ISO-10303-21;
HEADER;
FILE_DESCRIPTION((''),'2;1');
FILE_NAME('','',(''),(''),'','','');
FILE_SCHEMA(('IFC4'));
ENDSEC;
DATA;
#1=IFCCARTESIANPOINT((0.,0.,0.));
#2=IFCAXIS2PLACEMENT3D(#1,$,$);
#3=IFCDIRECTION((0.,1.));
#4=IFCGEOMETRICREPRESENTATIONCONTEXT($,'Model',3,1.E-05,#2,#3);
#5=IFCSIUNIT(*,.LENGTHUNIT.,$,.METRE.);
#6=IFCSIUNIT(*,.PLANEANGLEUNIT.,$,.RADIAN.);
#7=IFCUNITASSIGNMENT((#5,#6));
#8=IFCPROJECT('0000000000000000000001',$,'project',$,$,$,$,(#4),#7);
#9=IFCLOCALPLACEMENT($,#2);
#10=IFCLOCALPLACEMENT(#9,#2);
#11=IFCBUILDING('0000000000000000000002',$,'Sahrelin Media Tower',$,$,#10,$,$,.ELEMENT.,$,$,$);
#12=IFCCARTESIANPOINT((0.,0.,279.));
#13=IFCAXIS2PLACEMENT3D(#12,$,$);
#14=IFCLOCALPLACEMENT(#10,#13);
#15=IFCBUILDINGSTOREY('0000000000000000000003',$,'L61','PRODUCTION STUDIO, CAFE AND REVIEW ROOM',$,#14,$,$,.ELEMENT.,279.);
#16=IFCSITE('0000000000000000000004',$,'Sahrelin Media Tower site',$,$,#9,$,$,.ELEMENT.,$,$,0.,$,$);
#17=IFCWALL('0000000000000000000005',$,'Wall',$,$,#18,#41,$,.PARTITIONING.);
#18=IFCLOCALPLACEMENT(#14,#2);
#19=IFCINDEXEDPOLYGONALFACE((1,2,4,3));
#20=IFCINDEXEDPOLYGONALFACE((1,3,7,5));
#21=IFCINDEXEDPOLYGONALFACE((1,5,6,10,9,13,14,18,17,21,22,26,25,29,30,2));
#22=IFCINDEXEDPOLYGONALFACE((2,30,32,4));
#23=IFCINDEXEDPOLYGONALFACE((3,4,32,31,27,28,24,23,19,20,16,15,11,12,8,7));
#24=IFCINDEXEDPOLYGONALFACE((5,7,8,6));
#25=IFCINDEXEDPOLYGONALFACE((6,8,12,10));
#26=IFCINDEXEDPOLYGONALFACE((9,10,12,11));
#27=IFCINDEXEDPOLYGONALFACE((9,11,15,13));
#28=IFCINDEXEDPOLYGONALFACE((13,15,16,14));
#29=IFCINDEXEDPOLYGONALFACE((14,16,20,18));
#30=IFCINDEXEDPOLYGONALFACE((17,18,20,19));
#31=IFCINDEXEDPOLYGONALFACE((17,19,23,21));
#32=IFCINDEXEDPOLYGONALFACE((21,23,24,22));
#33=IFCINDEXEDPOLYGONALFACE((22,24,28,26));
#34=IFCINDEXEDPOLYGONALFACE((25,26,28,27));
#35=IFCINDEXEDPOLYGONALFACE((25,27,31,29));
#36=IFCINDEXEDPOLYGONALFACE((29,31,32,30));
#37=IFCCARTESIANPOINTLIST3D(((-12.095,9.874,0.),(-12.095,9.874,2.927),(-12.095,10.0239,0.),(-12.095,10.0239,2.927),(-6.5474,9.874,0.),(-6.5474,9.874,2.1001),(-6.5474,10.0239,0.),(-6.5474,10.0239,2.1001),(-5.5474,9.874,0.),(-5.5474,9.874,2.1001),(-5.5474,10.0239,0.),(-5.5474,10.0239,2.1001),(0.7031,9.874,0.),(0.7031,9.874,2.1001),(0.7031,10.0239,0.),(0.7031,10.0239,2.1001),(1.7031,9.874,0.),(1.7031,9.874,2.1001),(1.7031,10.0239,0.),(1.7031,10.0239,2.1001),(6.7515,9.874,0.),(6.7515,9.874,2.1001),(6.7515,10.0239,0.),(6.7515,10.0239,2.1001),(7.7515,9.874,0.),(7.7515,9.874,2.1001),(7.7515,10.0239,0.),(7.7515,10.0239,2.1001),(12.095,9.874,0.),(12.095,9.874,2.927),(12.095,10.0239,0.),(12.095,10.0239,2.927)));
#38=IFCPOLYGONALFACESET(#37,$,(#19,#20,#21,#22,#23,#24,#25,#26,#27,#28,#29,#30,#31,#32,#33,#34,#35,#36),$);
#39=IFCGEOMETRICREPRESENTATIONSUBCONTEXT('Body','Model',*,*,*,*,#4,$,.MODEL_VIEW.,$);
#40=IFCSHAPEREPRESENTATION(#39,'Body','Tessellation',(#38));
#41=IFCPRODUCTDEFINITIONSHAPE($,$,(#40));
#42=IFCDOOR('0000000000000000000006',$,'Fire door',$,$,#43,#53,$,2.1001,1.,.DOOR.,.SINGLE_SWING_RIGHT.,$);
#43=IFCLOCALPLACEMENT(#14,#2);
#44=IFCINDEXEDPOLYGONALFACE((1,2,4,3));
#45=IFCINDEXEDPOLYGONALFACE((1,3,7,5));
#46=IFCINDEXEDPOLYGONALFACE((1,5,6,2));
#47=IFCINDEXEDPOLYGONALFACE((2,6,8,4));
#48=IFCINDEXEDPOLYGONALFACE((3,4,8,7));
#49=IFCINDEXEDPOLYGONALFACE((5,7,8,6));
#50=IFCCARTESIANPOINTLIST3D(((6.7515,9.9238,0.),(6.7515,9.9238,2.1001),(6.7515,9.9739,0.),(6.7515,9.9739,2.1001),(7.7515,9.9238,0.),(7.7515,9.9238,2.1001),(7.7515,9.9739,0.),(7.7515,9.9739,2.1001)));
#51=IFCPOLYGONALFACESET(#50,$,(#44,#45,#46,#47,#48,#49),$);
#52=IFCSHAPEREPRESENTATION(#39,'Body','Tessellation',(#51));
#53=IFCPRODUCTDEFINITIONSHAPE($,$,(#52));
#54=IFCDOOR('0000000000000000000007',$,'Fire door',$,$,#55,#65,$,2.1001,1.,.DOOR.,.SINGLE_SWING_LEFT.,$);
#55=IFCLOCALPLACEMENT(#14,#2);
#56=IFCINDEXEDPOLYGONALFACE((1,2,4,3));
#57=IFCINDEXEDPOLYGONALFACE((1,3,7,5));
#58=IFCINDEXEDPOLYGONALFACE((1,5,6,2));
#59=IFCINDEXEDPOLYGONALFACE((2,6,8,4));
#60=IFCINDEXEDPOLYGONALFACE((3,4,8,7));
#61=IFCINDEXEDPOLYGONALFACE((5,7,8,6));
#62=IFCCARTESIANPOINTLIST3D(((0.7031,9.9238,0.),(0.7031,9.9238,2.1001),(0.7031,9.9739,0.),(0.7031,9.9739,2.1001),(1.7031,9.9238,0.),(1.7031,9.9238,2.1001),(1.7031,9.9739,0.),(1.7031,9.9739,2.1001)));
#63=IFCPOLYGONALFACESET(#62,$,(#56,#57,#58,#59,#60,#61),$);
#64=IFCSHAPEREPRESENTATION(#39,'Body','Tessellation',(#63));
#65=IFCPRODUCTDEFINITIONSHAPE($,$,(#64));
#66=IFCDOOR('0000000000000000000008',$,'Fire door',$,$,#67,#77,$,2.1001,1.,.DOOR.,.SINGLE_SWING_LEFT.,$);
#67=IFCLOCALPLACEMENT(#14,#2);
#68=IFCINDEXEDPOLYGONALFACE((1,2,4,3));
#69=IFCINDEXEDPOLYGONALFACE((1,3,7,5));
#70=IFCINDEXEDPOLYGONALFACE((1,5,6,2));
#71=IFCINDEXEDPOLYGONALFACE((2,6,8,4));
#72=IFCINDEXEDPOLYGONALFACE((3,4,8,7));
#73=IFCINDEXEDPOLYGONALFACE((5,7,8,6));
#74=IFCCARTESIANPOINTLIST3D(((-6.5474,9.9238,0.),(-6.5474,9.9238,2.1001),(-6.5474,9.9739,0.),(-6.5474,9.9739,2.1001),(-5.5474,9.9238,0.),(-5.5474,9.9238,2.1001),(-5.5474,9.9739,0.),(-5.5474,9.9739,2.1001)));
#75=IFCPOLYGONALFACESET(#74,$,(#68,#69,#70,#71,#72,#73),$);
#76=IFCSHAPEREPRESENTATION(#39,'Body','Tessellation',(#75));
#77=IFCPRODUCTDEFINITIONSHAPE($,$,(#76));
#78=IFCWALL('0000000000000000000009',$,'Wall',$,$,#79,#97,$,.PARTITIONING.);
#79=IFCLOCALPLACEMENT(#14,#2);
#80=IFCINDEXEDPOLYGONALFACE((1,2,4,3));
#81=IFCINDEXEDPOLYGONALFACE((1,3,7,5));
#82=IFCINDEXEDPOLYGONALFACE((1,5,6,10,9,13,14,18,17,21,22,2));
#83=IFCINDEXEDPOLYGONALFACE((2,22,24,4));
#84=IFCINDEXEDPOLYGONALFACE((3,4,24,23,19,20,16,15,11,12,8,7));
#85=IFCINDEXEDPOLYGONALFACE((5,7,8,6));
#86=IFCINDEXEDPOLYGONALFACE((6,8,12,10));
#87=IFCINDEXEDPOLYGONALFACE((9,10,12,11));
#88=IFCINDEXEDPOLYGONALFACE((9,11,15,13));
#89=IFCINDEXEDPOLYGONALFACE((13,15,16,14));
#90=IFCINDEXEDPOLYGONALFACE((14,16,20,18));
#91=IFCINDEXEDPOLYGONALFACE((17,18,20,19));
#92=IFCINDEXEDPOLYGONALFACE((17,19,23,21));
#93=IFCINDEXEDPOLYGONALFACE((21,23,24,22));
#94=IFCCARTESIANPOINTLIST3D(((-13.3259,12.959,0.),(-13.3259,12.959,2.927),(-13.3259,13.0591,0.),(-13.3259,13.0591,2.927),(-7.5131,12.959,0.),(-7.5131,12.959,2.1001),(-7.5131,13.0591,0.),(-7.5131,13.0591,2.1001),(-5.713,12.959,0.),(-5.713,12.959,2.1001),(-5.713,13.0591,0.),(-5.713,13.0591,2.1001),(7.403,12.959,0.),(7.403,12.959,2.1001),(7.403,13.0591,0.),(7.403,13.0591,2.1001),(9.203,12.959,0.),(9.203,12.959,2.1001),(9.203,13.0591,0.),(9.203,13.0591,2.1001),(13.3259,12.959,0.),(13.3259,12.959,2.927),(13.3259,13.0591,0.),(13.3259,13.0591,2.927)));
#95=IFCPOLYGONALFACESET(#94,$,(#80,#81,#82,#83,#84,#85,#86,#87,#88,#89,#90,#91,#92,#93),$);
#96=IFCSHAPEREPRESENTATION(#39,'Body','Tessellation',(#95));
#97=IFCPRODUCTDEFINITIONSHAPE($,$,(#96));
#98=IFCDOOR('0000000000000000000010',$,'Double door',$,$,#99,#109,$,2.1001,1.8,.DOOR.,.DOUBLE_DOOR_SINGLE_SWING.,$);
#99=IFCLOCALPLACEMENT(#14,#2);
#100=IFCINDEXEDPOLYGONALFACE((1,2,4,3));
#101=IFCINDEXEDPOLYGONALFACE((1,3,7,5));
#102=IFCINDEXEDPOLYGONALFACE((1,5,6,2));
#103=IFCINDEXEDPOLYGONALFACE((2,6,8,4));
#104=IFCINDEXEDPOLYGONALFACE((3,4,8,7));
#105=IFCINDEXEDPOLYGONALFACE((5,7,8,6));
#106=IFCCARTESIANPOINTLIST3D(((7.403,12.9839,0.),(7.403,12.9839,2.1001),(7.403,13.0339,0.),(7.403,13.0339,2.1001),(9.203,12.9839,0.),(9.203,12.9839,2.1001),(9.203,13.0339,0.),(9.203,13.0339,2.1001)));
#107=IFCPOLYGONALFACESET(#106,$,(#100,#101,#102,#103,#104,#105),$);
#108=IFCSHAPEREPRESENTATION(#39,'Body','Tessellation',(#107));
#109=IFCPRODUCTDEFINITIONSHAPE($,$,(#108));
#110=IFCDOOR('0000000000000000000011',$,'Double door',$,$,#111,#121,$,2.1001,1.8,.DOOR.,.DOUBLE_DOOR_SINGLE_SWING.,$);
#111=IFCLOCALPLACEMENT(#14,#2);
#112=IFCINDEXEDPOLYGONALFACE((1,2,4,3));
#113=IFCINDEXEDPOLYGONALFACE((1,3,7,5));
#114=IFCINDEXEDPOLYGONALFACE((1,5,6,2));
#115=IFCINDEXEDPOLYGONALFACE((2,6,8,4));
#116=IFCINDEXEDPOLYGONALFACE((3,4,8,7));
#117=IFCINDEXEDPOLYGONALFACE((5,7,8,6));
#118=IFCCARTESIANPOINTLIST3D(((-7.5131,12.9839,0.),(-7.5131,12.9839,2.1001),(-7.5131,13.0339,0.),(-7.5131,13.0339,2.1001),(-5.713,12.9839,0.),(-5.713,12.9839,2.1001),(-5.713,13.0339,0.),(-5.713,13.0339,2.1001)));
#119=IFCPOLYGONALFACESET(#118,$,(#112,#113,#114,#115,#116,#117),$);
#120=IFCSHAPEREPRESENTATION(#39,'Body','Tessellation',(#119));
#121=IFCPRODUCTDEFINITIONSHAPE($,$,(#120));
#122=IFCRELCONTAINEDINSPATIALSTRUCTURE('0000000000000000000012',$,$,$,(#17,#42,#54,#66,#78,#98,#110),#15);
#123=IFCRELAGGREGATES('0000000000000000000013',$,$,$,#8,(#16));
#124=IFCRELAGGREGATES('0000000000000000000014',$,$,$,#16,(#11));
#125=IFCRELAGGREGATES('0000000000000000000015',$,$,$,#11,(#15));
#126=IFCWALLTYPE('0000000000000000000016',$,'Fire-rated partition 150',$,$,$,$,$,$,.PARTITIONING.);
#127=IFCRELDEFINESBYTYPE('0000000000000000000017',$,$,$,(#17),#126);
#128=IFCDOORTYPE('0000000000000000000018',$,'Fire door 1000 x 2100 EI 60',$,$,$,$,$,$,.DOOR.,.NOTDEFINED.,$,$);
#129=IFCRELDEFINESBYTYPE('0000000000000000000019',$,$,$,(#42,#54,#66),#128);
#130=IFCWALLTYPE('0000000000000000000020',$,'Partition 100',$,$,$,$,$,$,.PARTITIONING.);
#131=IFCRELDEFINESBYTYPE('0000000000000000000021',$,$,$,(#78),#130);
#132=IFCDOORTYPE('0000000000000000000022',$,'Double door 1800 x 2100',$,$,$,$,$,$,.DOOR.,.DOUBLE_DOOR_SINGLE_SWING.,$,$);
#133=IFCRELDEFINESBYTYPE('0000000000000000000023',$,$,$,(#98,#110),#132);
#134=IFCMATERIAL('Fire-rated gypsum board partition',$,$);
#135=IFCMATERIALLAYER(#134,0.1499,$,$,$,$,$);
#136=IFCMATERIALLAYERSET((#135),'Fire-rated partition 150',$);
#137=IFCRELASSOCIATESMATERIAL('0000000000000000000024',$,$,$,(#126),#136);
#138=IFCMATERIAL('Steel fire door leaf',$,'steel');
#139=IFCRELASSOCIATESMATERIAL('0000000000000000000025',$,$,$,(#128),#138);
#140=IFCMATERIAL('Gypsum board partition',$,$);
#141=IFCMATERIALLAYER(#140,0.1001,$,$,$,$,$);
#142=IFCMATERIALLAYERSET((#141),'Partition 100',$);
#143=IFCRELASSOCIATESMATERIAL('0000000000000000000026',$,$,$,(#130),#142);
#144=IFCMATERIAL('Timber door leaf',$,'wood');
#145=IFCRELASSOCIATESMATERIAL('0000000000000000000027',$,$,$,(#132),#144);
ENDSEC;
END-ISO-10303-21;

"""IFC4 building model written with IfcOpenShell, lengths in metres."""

from ifc_helpers import new_model, si_unit, direction, frame, frame_2d, origin, place, context, subcontext, project, spatial, rectangle, extrude, material, layer, layer_set, type_object, element, fill, save


model = new_model("IFC4")

# Units and contexts
model_context = context("Model", 3, precision=1e-05, world=origin(), true_north=direction((0.0, 1.0)))
body_context = subcontext(model_context, "Body", "Model", "MODEL_VIEW")
ifc_project = project(units=[si_unit("LENGTHUNIT", "METRE"), si_unit("PLANEANGLEUNIT", "RADIAN")], contexts=[model_context])

# Site, building, storey
site_placement = place(None, origin())
site = spatial("IfcSite", under=ifc_project, at=site_placement, Name="Sahrelin Media Tower site", CompositionType="ELEMENT", RefElevation=0.0)
building_placement = place(site_placement, origin())
building = spatial("IfcBuilding", under=site, at=building_placement, Name="Sahrelin Media Tower", CompositionType="ELEMENT")
storey_placement = place(building_placement, frame((0.0, 0.0, 279.0)))
storey = spatial("IfcBuildingStorey", under=building, at=storey_placement, Name="L61", Description="PRODUCTION STUDIO, CAFE AND REVIEW ROOM", CompositionType="ELEMENT", Elevation=279.0)

# Walls, openings, doors
ifc_material_1 = material(Name="Fire-rated gypsum board partition")
ifc_layer_1 = layer(ifc_material_1, 0.1499)
ifc_layer_set_1 = layer_set([ifc_layer_1], Name="Fire-rated partition 150")
wall_type_1 = type_object("IfcWallType", Name="Fire-rated partition 150", PredefinedType="PARTITIONING", material=ifc_layer_set_1)
wall_1_placement = place(storey_placement, frame((-12.095, 9.949, 0.0), z_axis=(0.0, 0.0, 1.0), x_axis=(1.0, 0.0, 0.0)))
wall_1 = element("IfcWall", 1, at=wall_1_placement, inside=storey, type_object=wall_type_1, Name="Wall", PredefinedType="PARTITIONING", context=body_context, shape_type="SweptSolid", body=[
    extrude(rectangle(XDim=24.1899, YDim=0.1499, at=frame_2d((12.095, 0.0))), origin(), (0.0, 0.0, 1.0), 2.927),
])
opening_1_placement = place(wall_1_placement, frame((18.8464, 0.0, 0.0)))
opening_1 = element("IfcOpeningElement", 2, at=opening_1_placement, cuts=wall_1, PredefinedType="OPENING", context=body_context, shape_type="SweptSolid", body=[
    extrude(rectangle(XDim=1.0, YDim=2.1001, at=frame_2d((0.5, 1.05))), frame((0.0, 0.075, 0.0), z_axis=(0.0, -1.0, 0.0), x_axis=(1.0, 0.0, 0.0)), (0.0, 0.0, 1.0), 0.1499),
])
opening_2_placement = place(wall_1_placement, frame((12.7981, 0.0, 0.0)))
opening_2 = element("IfcOpeningElement", 3, at=opening_2_placement, cuts=wall_1, PredefinedType="OPENING", context=body_context, shape_type="SweptSolid", body=[
    extrude(rectangle(XDim=1.0, YDim=2.1001, at=frame_2d((0.5, 1.05))), frame((0.0, 0.075, 0.0), z_axis=(0.0, -1.0, 0.0), x_axis=(1.0, 0.0, 0.0)), (0.0, 0.0, 1.0), 0.1499),
])
opening_3_placement = place(wall_1_placement, frame((5.5476, 0.0, 0.0)))
opening_3 = element("IfcOpeningElement", 4, at=opening_3_placement, cuts=wall_1, PredefinedType="OPENING", context=body_context, shape_type="SweptSolid", body=[
    extrude(rectangle(XDim=1.0, YDim=2.1001, at=frame_2d((0.5, 1.05))), frame((0.0, 0.075, 0.0), z_axis=(0.0, -1.0, 0.0), x_axis=(1.0, 0.0, 0.0)), (0.0, 0.0, 1.0), 0.1499),
])
ifc_material_2 = material(Name="Steel fire door leaf", Category="steel")
door_type_1 = type_object("IfcDoorType", Name="Fire door 1000 x 2100 EI 60", OperationType="NOTDEFINED", PredefinedType="DOOR", material=ifc_material_2)
door_1_placement = place(opening_1_placement, origin())
door_1 = element("IfcDoor", 5, at=door_1_placement, inside=storey, type_object=door_type_1, Name="Fire door", OperationType="SINGLE_SWING_RIGHT", OverallHeight=2.1001, OverallWidth=1.0, PredefinedType="DOOR", context=body_context, shape_type="SweptSolid", body=[
    extrude(rectangle(XDim=1.0, YDim=2.1001, at=frame_2d((0.5, 1.05))), frame((0.0, 0.0249, 0.0), z_axis=(0.0, -1.0, 0.0), x_axis=(1.0, 0.0, 0.0)), (0.0, 0.0, 1.0), 0.05),
])
fill(opening_1, door_1)
door_2_placement = place(opening_2_placement, origin())
door_2 = element("IfcDoor", 6, at=door_2_placement, inside=storey, type_object=door_type_1, Name="Fire door", OperationType="SINGLE_SWING_LEFT", OverallHeight=2.1001, OverallWidth=1.0, PredefinedType="DOOR", context=body_context, shape_type="SweptSolid", body=[
    extrude(rectangle(XDim=1.0, YDim=2.1001, at=frame_2d((0.5, 1.05))), frame((0.0, 0.0249, 0.0), z_axis=(0.0, -1.0, 0.0), x_axis=(1.0, 0.0, 0.0)), (0.0, 0.0, 1.0), 0.05),
])
fill(opening_2, door_2)
door_3_placement = place(opening_3_placement, origin())
door_3 = element("IfcDoor", 7, at=door_3_placement, inside=storey, type_object=door_type_1, Name="Fire door", OperationType="SINGLE_SWING_LEFT", OverallHeight=2.1001, OverallWidth=1.0, PredefinedType="DOOR", context=body_context, shape_type="SweptSolid", body=[
    extrude(rectangle(XDim=1.0, YDim=2.1001, at=frame_2d((0.5, 1.05))), frame((0.0, 0.0249, 0.0), z_axis=(0.0, -1.0, 0.0), x_axis=(1.0, 0.0, 0.0)), (0.0, 0.0, 1.0), 0.05),
])
fill(opening_3, door_3)
ifc_material_3 = material(Name="Gypsum board partition")
ifc_layer_2 = layer(ifc_material_3, 0.1001)
ifc_layer_set_2 = layer_set([ifc_layer_2], Name="Partition 100")
wall_type_2 = type_object("IfcWallType", Name="Partition 100", PredefinedType="PARTITIONING", material=ifc_layer_set_2)
wall_2_placement = place(storey_placement, frame((-13.3259, 13.009, 0.0), z_axis=(0.0, 0.0, 1.0), x_axis=(1.0, 0.0, 0.0)))
wall_2 = element("IfcWall", 8, at=wall_2_placement, inside=storey, type_object=wall_type_2, Name="Wall", PredefinedType="PARTITIONING", context=body_context, shape_type="SweptSolid", body=[
    extrude(rectangle(XDim=26.6519, YDim=0.1001, at=frame_2d((13.3259, 0.0))), origin(), (0.0, 0.0, 1.0), 2.927),
])
opening_4_placement = place(wall_2_placement, frame((20.729, 0.0, 0.0)))
opening_4 = element("IfcOpeningElement", 9, at=opening_4_placement, cuts=wall_2, PredefinedType="OPENING", context=body_context, shape_type="SweptSolid", body=[
    extrude(rectangle(XDim=1.8, YDim=2.1001, at=frame_2d((0.8999, 1.05))), frame((0.0, 0.05, 0.0), z_axis=(0.0, -1.0, 0.0), x_axis=(1.0, 0.0, 0.0)), (0.0, 0.0, 1.0), 0.1001),
])
opening_5_placement = place(wall_2_placement, frame((5.813, 0.0, 0.0)))
opening_5 = element("IfcOpeningElement", 10, at=opening_5_placement, cuts=wall_2, PredefinedType="OPENING", context=body_context, shape_type="SweptSolid", body=[
    extrude(rectangle(XDim=1.8, YDim=2.1001, at=frame_2d((0.8999, 1.05))), frame((0.0, 0.05, 0.0), z_axis=(0.0, -1.0, 0.0), x_axis=(1.0, 0.0, 0.0)), (0.0, 0.0, 1.0), 0.1001),
])
ifc_material_4 = material(Name="Timber door leaf", Category="wood")
door_type_2 = type_object("IfcDoorType", Name="Double door 1800 x 2100", OperationType="DOUBLE_DOOR_SINGLE_SWING", PredefinedType="DOOR", material=ifc_material_4)
door_4_placement = place(opening_4_placement, origin())
door_4 = element("IfcDoor", 11, at=door_4_placement, inside=storey, type_object=door_type_2, Name="Double door", OperationType="DOUBLE_DOOR_SINGLE_SWING", OverallHeight=2.1001, OverallWidth=1.8, PredefinedType="DOOR", context=body_context, shape_type="SweptSolid", body=[
    extrude(rectangle(XDim=1.8, YDim=2.1001, at=frame_2d((0.8999, 1.05))), frame((0.0, 0.0249, 0.0), z_axis=(0.0, -1.0, 0.0), x_axis=(1.0, 0.0, 0.0)), (0.0, 0.0, 1.0), 0.05),
])
fill(opening_4, door_4)
door_5_placement = place(opening_5_placement, origin())
door_5 = element("IfcDoor", 12, at=door_5_placement, inside=storey, type_object=door_type_2, Name="Double door", OperationType="DOUBLE_DOOR_SINGLE_SWING", OverallHeight=2.1001, OverallWidth=1.8, PredefinedType="DOOR", context=body_context, shape_type="SweptSolid", body=[
    extrude(rectangle(XDim=1.8, YDim=2.1001, at=frame_2d((0.8999, 1.05))), frame((0.0, 0.0249, 0.0), z_axis=(0.0, -1.0, 0.0), x_axis=(1.0, 0.0, 0.0)), (0.0, 0.0, 1.0), 0.05),
])
fill(opening_5, door_5)

save(model, "model.ifc")
